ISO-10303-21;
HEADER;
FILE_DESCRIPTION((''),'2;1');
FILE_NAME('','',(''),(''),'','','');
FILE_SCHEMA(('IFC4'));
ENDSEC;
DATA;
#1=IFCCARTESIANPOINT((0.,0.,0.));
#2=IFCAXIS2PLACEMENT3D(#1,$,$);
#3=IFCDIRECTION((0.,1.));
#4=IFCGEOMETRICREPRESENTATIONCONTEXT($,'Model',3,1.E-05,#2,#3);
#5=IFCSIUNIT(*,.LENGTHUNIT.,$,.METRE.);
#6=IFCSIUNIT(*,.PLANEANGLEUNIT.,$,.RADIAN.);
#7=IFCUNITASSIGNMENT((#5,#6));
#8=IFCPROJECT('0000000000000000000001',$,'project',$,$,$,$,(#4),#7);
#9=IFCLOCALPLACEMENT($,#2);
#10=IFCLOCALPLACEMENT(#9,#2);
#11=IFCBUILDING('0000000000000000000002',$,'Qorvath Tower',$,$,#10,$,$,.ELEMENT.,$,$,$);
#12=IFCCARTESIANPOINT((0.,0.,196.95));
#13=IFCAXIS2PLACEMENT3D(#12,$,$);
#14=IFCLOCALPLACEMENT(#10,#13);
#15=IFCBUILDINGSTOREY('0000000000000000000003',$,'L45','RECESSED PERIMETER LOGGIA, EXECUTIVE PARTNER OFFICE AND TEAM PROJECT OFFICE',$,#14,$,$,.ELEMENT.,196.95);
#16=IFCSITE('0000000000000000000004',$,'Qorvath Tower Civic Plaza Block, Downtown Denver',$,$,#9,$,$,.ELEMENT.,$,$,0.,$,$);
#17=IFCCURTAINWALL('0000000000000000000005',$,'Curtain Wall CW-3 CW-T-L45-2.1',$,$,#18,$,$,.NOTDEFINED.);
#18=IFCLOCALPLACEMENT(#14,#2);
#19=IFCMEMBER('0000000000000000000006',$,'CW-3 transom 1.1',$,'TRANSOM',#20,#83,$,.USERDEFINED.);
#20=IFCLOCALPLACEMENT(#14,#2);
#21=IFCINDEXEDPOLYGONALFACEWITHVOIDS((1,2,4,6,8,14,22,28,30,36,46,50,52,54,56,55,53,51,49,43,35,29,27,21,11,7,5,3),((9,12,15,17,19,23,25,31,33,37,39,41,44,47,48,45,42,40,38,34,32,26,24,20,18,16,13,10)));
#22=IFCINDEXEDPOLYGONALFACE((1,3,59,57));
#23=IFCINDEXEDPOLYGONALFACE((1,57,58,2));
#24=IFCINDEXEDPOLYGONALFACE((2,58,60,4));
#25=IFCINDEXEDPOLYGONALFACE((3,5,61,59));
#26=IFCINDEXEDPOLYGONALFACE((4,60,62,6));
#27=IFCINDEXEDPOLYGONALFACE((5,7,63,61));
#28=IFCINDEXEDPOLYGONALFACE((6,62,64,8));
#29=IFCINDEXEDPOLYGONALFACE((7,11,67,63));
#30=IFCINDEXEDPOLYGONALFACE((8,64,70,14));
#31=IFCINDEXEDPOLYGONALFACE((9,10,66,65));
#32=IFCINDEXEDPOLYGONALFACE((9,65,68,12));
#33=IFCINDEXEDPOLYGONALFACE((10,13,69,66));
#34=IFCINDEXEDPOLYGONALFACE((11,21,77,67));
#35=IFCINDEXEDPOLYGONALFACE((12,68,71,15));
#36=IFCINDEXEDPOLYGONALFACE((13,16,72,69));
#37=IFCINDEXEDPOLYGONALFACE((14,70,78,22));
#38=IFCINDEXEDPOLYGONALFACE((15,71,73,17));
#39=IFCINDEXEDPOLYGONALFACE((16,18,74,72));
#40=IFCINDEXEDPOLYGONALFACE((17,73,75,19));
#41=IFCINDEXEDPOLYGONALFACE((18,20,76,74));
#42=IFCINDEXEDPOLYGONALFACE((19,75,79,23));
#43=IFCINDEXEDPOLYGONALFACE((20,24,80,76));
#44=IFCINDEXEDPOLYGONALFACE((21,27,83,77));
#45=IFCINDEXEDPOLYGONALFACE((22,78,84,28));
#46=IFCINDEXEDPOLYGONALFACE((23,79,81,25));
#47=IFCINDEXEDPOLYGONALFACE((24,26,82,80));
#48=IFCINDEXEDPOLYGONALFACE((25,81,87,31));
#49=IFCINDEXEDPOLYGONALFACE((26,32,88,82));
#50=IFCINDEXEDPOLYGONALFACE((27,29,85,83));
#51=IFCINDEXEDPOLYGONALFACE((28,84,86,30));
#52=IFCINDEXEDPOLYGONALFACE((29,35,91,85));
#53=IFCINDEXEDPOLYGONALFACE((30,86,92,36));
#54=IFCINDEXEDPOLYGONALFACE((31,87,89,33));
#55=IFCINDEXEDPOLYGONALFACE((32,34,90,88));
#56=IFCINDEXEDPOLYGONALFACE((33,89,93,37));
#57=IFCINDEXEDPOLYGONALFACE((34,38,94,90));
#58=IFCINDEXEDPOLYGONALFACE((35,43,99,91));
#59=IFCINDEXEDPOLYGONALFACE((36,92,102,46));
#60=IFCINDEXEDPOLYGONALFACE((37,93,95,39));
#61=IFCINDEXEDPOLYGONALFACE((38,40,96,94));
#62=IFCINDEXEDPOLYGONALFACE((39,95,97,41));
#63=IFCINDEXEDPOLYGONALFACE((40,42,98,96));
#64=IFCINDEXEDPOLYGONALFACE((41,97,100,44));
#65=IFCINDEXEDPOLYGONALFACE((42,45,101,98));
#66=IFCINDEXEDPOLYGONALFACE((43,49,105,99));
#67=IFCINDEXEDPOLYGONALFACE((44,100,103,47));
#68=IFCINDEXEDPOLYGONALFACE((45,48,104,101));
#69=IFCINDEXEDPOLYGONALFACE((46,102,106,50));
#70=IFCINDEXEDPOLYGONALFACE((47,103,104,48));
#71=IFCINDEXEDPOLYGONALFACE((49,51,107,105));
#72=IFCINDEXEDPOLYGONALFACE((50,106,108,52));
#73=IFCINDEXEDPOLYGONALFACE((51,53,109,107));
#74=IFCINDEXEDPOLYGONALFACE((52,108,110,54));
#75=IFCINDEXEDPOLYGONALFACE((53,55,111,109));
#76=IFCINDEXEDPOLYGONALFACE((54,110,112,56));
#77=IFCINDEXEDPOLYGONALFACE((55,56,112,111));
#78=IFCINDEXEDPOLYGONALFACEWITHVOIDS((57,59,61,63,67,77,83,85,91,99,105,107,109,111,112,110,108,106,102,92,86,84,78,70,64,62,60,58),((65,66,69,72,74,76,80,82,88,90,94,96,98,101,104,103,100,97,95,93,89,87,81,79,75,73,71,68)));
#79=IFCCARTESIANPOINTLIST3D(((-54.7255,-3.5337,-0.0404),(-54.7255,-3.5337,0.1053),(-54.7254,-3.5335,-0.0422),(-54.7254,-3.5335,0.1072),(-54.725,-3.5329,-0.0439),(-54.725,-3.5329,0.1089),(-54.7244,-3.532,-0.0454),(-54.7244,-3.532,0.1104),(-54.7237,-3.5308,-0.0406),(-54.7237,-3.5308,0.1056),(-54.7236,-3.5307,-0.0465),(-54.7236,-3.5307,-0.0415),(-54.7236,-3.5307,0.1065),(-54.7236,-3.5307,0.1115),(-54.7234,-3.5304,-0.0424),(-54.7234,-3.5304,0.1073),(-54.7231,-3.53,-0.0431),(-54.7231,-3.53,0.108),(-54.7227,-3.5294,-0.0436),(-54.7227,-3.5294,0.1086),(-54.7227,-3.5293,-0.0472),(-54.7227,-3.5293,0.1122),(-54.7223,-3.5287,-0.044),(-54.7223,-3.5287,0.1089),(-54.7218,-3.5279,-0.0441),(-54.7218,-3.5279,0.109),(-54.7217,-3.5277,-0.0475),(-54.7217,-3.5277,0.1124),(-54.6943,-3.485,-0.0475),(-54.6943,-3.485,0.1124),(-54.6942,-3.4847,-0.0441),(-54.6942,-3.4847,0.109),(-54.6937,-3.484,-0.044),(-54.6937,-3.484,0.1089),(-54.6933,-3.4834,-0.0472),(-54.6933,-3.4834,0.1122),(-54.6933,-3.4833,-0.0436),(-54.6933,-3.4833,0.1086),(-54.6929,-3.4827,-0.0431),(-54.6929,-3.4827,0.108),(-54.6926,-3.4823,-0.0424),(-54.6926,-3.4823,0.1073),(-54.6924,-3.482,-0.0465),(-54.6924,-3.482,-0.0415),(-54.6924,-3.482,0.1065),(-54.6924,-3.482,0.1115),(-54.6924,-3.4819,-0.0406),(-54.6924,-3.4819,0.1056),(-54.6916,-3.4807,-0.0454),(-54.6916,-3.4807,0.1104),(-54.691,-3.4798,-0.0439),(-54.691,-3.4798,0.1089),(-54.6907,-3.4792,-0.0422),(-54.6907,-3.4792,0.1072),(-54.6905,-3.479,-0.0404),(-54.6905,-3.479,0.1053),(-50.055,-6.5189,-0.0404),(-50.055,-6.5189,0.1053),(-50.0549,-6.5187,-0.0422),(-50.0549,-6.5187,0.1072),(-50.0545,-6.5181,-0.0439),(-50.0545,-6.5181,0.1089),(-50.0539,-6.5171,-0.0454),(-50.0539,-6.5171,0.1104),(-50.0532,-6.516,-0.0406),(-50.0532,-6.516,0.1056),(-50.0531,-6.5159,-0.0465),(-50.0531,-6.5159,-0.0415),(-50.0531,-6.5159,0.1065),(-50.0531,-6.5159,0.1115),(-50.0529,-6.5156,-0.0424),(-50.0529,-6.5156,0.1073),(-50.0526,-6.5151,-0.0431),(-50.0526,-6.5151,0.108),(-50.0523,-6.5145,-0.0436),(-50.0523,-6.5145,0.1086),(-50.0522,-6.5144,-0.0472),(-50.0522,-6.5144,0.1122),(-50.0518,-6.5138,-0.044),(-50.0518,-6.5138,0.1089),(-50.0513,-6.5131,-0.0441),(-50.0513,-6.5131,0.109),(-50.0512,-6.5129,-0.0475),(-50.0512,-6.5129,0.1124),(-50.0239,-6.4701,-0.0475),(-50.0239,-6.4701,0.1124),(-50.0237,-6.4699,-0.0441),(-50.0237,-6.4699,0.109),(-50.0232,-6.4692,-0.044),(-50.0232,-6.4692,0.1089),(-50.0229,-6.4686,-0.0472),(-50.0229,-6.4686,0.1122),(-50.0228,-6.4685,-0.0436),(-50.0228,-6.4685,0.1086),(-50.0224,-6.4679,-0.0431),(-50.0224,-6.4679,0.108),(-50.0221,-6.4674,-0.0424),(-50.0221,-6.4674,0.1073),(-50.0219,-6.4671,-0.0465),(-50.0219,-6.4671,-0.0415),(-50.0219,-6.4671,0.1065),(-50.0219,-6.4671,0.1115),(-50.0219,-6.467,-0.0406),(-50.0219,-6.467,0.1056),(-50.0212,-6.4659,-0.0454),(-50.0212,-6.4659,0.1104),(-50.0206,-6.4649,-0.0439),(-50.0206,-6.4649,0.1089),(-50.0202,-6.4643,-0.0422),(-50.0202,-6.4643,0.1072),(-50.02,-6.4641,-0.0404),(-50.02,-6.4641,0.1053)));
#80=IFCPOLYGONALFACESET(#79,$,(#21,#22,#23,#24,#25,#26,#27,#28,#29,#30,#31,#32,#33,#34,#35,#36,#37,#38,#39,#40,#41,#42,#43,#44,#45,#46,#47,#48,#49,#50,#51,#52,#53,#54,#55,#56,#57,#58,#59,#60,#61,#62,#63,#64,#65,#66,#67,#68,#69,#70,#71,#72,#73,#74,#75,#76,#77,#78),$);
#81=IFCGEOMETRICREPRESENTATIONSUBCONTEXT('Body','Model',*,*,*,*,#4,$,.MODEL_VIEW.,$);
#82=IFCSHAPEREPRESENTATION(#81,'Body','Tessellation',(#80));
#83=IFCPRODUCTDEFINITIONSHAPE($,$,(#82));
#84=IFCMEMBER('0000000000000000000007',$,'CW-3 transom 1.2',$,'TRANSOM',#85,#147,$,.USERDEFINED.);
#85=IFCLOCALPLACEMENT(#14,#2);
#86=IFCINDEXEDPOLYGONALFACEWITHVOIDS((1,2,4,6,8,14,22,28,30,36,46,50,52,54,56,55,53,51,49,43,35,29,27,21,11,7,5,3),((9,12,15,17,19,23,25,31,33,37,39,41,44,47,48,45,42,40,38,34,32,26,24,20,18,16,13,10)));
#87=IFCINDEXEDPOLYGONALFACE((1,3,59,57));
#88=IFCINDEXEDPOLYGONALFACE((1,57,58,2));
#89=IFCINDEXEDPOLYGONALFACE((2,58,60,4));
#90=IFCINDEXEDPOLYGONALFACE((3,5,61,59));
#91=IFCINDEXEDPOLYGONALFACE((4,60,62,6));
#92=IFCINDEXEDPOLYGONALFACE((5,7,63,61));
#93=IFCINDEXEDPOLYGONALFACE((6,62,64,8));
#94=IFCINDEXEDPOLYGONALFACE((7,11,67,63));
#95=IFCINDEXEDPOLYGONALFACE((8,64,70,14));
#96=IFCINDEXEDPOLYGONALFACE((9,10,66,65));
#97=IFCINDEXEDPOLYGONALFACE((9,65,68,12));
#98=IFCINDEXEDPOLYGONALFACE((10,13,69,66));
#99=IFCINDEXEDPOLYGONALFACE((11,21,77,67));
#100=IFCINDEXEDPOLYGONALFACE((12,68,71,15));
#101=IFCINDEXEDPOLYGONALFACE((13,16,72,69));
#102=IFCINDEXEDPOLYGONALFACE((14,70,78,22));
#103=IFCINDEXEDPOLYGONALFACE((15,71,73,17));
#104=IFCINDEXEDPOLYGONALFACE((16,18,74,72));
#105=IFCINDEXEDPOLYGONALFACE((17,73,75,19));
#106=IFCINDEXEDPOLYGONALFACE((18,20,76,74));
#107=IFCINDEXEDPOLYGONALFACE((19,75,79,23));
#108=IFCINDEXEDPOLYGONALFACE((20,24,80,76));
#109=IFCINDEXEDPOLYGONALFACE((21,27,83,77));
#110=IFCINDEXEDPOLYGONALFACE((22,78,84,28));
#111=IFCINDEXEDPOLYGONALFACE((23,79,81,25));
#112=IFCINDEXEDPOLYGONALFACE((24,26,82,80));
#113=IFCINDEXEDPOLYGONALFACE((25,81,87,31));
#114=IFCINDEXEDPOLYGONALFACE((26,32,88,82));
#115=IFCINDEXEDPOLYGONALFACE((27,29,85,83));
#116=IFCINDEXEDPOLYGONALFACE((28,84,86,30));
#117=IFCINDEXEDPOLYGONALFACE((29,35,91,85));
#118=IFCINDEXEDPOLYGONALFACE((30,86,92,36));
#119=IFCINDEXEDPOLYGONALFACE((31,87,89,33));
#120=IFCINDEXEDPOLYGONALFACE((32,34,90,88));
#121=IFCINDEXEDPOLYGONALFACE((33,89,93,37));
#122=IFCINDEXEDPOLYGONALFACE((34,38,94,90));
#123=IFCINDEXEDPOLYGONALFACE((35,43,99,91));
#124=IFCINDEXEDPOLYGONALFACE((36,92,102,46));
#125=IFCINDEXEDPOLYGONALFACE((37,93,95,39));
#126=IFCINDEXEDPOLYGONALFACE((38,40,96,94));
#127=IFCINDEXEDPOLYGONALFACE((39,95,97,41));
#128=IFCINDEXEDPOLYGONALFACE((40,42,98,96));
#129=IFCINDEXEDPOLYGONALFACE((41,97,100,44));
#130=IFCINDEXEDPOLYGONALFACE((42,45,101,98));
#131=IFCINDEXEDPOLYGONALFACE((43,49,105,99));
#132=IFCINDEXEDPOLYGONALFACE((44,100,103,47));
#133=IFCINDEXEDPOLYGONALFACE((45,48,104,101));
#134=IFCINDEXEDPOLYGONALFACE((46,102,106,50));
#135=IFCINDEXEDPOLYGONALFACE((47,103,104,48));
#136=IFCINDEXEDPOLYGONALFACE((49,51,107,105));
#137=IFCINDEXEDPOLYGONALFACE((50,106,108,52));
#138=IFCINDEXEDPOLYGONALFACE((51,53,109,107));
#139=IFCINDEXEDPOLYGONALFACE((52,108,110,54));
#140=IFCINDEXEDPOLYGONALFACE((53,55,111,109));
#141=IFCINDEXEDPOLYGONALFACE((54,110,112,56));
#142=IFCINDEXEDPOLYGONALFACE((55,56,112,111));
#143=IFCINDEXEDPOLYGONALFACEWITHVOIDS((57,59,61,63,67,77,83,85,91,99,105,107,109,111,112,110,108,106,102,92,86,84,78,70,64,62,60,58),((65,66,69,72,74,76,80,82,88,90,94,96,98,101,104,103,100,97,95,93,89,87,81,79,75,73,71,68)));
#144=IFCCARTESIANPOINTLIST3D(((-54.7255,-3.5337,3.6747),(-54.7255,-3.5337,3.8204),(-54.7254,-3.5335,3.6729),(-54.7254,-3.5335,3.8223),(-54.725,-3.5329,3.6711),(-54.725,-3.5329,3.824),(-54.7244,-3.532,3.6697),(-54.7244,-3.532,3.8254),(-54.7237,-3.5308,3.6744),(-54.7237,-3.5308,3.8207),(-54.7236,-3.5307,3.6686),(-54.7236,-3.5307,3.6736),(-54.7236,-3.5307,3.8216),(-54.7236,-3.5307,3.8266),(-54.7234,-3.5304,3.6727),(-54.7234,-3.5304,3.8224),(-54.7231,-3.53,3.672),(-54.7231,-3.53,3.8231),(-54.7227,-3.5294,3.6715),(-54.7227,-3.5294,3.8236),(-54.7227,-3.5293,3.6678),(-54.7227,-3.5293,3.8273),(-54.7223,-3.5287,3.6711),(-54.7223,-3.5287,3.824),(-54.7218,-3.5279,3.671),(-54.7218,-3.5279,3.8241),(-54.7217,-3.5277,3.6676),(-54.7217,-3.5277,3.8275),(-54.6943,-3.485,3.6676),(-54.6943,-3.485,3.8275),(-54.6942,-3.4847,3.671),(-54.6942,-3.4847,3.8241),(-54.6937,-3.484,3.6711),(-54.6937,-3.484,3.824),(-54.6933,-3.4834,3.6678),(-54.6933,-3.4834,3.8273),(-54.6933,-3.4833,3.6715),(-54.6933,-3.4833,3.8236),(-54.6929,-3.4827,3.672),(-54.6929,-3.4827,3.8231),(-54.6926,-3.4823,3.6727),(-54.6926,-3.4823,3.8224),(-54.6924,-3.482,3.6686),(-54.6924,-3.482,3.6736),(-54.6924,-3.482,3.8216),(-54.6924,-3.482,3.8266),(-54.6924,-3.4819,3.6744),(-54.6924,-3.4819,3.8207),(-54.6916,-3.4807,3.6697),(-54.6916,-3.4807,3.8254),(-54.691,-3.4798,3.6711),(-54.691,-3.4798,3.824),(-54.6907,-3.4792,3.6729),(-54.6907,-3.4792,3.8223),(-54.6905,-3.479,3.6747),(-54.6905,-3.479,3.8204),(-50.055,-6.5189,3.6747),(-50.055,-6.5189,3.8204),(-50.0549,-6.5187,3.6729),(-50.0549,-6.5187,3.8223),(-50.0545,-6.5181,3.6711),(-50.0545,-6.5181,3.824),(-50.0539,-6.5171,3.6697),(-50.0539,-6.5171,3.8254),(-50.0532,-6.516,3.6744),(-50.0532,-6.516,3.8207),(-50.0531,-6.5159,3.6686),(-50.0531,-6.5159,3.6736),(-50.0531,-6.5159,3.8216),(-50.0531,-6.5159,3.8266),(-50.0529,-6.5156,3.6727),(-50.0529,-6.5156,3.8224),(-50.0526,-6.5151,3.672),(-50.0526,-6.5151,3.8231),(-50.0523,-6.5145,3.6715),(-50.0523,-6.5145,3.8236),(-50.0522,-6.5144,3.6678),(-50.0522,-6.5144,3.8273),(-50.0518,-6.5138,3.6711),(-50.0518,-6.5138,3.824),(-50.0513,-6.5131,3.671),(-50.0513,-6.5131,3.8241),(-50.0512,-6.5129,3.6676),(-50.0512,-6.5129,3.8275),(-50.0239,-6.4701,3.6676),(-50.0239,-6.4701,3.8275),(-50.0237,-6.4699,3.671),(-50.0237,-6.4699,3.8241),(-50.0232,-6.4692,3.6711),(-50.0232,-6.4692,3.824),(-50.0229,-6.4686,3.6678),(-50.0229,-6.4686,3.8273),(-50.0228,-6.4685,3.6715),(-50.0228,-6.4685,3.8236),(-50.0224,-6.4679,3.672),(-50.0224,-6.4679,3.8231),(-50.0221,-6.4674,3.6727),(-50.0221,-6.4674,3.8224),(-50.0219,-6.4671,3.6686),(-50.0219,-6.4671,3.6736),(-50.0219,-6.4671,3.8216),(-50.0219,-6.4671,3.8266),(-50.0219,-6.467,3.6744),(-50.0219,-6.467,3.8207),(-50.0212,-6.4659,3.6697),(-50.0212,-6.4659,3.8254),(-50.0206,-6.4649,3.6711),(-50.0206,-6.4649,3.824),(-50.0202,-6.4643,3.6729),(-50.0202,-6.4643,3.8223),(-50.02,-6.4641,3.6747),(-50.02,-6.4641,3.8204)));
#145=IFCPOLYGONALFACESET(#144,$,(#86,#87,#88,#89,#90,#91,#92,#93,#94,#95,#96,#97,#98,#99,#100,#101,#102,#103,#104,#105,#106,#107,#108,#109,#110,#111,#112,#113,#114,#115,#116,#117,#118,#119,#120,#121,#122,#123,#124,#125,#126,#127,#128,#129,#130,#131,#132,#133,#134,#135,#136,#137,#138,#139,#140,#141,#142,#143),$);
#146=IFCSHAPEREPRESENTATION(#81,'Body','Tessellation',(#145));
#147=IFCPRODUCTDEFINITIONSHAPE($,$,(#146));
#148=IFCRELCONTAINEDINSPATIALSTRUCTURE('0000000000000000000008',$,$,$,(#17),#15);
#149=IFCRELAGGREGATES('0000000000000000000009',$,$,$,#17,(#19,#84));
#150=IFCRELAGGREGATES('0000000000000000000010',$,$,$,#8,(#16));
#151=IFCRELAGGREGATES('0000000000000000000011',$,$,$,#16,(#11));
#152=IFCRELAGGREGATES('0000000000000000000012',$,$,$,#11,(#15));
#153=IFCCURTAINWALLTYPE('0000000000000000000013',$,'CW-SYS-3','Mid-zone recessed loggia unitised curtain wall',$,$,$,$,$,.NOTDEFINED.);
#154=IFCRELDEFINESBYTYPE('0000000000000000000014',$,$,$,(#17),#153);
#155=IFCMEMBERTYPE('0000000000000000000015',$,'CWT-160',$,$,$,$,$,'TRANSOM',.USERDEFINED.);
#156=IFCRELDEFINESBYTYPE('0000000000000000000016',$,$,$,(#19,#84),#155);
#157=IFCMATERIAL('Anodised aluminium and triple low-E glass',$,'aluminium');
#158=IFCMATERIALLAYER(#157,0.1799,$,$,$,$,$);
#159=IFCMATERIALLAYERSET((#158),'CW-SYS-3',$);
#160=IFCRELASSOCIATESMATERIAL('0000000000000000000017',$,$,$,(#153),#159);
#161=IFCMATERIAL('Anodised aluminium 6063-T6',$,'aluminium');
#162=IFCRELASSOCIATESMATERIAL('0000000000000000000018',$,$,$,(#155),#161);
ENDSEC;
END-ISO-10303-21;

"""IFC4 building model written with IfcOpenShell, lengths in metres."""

from ifc_helpers import new_model, si_unit, direction, frame, origin, origin_2d, place, context, subcontext, project, spatial, hollow_rectangle, extrude, material, layer, layer_set, material_profile, profile_set, type_object, element, aggregate, save


model = new_model("IFC4")

# Units and contexts
model_context = context("Model", 3, precision=1e-05, world=origin(), true_north=direction((0.0, 1.0)))
body_context = subcontext(model_context, "Body", "Model", "MODEL_VIEW")
ifc_project = project(units=[si_unit("LENGTHUNIT", "METRE"), si_unit("PLANEANGLEUNIT", "RADIAN")], contexts=[model_context])

# Site, building, storey
site_placement = place(None, origin())
site = spatial("IfcSite", under=ifc_project, at=site_placement, Name="Qorvath Tower Civic Plaza Block, Downtown Denver", CompositionType="ELEMENT", RefElevation=0.0)
building_placement = place(site_placement, origin())
building = spatial("IfcBuilding", under=site, at=building_placement, Name="Qorvath Tower", CompositionType="ELEMENT")
storey_placement = place(building_placement, frame((0.0, 0.0, 196.95)))
storey = spatial("IfcBuildingStorey", under=building, at=storey_placement, Name="L45", Description="RECESSED PERIMETER LOGGIA, EXECUTIVE PARTNER OFFICE AND TEAM PROJECT OFFICE", CompositionType="ELEMENT", Elevation=196.95)

# Curtain wall, members
ifc_material_1 = material(Name="Anodised aluminium and triple low-E glass", Category="aluminium")
ifc_layer_1 = layer(ifc_material_1, 0.1799)
ifc_layer_set_1 = layer_set([ifc_layer_1], Name="CW-SYS-3")
curtain_wall_type = type_object("IfcCurtainWallType", Name="CW-SYS-3", Description="Mid-zone recessed loggia unitised curtain wall", PredefinedType="NOTDEFINED", material=ifc_layer_set_1)
curtain_wall_placement = place(storey_placement, origin())
curtain_wall = element("IfcCurtainWall", 1, at=curtain_wall_placement, inside=storey, type_object=curtain_wall_type, Name="Curtain Wall CW-3 CW-T-L45-2.1", PredefinedType="NOTDEFINED")
ifc_material_2 = material(Name="Anodised aluminium 6063-T6", Category="aluminium")
ifc_material_profile_1 = material_profile(ifc_material_2, hollow_rectangle(XDim=0.0649, YDim=0.1599, WallThickness=0.0034, InnerFilletRadius=0.0034, OuterFilletRadius=0.0071, at=origin_2d()), Name="CWT 160x65")
ifc_profile_set_1 = profile_set([ifc_material_profile_1], Name="Anodised aluminium 6063-T6")
member_type_1 = type_object("IfcMemberType", Name="CWT-160", ElementType="TRANSOM", PredefinedType="USERDEFINED", material=ifc_profile_set_1)
member_1_placement = place(storey_placement, frame((-54.708, -3.5063, 0.0325), z_axis=(0.842595, -0.538547, 0.0), x_axis=(0.538547, 0.842595, 0.0)))
member_1 = element("IfcMember", 2, at=member_1_placement, type_object=member_type_1, Name="CW-3 transom 1.1", ObjectType="TRANSOM", PredefinedType="USERDEFINED", context=body_context, shape_type="SweptSolid", body=[
    extrude(hollow_rectangle(XDim=0.0649, YDim=0.1599, WallThickness=0.0034, InnerFilletRadius=0.0034, OuterFilletRadius=0.0071, at=origin_2d()), origin(), (0.0, 0.0, 1.0), 5.543),
])
member_2_placement = place(storey_placement, frame((-54.708, -3.5063, 3.7476), z_axis=(0.842595, -0.538547, 0.0), x_axis=(0.538547, 0.842595, 0.0)))
member_2 = element("IfcMember", 3, at=member_2_placement, type_object=member_type_1, Name="CW-3 transom 1.2", ObjectType="TRANSOM", PredefinedType="USERDEFINED", context=body_context, shape_type="SweptSolid", body=[
    extrude(hollow_rectangle(XDim=0.0649, YDim=0.1599, WallThickness=0.0034, InnerFilletRadius=0.0034, OuterFilletRadius=0.0071, at=origin_2d()), origin(), (0.0, 0.0, 1.0), 5.543),
])
aggregate(curtain_wall, [member_1, member_2])

save(model, "model.ifc")
